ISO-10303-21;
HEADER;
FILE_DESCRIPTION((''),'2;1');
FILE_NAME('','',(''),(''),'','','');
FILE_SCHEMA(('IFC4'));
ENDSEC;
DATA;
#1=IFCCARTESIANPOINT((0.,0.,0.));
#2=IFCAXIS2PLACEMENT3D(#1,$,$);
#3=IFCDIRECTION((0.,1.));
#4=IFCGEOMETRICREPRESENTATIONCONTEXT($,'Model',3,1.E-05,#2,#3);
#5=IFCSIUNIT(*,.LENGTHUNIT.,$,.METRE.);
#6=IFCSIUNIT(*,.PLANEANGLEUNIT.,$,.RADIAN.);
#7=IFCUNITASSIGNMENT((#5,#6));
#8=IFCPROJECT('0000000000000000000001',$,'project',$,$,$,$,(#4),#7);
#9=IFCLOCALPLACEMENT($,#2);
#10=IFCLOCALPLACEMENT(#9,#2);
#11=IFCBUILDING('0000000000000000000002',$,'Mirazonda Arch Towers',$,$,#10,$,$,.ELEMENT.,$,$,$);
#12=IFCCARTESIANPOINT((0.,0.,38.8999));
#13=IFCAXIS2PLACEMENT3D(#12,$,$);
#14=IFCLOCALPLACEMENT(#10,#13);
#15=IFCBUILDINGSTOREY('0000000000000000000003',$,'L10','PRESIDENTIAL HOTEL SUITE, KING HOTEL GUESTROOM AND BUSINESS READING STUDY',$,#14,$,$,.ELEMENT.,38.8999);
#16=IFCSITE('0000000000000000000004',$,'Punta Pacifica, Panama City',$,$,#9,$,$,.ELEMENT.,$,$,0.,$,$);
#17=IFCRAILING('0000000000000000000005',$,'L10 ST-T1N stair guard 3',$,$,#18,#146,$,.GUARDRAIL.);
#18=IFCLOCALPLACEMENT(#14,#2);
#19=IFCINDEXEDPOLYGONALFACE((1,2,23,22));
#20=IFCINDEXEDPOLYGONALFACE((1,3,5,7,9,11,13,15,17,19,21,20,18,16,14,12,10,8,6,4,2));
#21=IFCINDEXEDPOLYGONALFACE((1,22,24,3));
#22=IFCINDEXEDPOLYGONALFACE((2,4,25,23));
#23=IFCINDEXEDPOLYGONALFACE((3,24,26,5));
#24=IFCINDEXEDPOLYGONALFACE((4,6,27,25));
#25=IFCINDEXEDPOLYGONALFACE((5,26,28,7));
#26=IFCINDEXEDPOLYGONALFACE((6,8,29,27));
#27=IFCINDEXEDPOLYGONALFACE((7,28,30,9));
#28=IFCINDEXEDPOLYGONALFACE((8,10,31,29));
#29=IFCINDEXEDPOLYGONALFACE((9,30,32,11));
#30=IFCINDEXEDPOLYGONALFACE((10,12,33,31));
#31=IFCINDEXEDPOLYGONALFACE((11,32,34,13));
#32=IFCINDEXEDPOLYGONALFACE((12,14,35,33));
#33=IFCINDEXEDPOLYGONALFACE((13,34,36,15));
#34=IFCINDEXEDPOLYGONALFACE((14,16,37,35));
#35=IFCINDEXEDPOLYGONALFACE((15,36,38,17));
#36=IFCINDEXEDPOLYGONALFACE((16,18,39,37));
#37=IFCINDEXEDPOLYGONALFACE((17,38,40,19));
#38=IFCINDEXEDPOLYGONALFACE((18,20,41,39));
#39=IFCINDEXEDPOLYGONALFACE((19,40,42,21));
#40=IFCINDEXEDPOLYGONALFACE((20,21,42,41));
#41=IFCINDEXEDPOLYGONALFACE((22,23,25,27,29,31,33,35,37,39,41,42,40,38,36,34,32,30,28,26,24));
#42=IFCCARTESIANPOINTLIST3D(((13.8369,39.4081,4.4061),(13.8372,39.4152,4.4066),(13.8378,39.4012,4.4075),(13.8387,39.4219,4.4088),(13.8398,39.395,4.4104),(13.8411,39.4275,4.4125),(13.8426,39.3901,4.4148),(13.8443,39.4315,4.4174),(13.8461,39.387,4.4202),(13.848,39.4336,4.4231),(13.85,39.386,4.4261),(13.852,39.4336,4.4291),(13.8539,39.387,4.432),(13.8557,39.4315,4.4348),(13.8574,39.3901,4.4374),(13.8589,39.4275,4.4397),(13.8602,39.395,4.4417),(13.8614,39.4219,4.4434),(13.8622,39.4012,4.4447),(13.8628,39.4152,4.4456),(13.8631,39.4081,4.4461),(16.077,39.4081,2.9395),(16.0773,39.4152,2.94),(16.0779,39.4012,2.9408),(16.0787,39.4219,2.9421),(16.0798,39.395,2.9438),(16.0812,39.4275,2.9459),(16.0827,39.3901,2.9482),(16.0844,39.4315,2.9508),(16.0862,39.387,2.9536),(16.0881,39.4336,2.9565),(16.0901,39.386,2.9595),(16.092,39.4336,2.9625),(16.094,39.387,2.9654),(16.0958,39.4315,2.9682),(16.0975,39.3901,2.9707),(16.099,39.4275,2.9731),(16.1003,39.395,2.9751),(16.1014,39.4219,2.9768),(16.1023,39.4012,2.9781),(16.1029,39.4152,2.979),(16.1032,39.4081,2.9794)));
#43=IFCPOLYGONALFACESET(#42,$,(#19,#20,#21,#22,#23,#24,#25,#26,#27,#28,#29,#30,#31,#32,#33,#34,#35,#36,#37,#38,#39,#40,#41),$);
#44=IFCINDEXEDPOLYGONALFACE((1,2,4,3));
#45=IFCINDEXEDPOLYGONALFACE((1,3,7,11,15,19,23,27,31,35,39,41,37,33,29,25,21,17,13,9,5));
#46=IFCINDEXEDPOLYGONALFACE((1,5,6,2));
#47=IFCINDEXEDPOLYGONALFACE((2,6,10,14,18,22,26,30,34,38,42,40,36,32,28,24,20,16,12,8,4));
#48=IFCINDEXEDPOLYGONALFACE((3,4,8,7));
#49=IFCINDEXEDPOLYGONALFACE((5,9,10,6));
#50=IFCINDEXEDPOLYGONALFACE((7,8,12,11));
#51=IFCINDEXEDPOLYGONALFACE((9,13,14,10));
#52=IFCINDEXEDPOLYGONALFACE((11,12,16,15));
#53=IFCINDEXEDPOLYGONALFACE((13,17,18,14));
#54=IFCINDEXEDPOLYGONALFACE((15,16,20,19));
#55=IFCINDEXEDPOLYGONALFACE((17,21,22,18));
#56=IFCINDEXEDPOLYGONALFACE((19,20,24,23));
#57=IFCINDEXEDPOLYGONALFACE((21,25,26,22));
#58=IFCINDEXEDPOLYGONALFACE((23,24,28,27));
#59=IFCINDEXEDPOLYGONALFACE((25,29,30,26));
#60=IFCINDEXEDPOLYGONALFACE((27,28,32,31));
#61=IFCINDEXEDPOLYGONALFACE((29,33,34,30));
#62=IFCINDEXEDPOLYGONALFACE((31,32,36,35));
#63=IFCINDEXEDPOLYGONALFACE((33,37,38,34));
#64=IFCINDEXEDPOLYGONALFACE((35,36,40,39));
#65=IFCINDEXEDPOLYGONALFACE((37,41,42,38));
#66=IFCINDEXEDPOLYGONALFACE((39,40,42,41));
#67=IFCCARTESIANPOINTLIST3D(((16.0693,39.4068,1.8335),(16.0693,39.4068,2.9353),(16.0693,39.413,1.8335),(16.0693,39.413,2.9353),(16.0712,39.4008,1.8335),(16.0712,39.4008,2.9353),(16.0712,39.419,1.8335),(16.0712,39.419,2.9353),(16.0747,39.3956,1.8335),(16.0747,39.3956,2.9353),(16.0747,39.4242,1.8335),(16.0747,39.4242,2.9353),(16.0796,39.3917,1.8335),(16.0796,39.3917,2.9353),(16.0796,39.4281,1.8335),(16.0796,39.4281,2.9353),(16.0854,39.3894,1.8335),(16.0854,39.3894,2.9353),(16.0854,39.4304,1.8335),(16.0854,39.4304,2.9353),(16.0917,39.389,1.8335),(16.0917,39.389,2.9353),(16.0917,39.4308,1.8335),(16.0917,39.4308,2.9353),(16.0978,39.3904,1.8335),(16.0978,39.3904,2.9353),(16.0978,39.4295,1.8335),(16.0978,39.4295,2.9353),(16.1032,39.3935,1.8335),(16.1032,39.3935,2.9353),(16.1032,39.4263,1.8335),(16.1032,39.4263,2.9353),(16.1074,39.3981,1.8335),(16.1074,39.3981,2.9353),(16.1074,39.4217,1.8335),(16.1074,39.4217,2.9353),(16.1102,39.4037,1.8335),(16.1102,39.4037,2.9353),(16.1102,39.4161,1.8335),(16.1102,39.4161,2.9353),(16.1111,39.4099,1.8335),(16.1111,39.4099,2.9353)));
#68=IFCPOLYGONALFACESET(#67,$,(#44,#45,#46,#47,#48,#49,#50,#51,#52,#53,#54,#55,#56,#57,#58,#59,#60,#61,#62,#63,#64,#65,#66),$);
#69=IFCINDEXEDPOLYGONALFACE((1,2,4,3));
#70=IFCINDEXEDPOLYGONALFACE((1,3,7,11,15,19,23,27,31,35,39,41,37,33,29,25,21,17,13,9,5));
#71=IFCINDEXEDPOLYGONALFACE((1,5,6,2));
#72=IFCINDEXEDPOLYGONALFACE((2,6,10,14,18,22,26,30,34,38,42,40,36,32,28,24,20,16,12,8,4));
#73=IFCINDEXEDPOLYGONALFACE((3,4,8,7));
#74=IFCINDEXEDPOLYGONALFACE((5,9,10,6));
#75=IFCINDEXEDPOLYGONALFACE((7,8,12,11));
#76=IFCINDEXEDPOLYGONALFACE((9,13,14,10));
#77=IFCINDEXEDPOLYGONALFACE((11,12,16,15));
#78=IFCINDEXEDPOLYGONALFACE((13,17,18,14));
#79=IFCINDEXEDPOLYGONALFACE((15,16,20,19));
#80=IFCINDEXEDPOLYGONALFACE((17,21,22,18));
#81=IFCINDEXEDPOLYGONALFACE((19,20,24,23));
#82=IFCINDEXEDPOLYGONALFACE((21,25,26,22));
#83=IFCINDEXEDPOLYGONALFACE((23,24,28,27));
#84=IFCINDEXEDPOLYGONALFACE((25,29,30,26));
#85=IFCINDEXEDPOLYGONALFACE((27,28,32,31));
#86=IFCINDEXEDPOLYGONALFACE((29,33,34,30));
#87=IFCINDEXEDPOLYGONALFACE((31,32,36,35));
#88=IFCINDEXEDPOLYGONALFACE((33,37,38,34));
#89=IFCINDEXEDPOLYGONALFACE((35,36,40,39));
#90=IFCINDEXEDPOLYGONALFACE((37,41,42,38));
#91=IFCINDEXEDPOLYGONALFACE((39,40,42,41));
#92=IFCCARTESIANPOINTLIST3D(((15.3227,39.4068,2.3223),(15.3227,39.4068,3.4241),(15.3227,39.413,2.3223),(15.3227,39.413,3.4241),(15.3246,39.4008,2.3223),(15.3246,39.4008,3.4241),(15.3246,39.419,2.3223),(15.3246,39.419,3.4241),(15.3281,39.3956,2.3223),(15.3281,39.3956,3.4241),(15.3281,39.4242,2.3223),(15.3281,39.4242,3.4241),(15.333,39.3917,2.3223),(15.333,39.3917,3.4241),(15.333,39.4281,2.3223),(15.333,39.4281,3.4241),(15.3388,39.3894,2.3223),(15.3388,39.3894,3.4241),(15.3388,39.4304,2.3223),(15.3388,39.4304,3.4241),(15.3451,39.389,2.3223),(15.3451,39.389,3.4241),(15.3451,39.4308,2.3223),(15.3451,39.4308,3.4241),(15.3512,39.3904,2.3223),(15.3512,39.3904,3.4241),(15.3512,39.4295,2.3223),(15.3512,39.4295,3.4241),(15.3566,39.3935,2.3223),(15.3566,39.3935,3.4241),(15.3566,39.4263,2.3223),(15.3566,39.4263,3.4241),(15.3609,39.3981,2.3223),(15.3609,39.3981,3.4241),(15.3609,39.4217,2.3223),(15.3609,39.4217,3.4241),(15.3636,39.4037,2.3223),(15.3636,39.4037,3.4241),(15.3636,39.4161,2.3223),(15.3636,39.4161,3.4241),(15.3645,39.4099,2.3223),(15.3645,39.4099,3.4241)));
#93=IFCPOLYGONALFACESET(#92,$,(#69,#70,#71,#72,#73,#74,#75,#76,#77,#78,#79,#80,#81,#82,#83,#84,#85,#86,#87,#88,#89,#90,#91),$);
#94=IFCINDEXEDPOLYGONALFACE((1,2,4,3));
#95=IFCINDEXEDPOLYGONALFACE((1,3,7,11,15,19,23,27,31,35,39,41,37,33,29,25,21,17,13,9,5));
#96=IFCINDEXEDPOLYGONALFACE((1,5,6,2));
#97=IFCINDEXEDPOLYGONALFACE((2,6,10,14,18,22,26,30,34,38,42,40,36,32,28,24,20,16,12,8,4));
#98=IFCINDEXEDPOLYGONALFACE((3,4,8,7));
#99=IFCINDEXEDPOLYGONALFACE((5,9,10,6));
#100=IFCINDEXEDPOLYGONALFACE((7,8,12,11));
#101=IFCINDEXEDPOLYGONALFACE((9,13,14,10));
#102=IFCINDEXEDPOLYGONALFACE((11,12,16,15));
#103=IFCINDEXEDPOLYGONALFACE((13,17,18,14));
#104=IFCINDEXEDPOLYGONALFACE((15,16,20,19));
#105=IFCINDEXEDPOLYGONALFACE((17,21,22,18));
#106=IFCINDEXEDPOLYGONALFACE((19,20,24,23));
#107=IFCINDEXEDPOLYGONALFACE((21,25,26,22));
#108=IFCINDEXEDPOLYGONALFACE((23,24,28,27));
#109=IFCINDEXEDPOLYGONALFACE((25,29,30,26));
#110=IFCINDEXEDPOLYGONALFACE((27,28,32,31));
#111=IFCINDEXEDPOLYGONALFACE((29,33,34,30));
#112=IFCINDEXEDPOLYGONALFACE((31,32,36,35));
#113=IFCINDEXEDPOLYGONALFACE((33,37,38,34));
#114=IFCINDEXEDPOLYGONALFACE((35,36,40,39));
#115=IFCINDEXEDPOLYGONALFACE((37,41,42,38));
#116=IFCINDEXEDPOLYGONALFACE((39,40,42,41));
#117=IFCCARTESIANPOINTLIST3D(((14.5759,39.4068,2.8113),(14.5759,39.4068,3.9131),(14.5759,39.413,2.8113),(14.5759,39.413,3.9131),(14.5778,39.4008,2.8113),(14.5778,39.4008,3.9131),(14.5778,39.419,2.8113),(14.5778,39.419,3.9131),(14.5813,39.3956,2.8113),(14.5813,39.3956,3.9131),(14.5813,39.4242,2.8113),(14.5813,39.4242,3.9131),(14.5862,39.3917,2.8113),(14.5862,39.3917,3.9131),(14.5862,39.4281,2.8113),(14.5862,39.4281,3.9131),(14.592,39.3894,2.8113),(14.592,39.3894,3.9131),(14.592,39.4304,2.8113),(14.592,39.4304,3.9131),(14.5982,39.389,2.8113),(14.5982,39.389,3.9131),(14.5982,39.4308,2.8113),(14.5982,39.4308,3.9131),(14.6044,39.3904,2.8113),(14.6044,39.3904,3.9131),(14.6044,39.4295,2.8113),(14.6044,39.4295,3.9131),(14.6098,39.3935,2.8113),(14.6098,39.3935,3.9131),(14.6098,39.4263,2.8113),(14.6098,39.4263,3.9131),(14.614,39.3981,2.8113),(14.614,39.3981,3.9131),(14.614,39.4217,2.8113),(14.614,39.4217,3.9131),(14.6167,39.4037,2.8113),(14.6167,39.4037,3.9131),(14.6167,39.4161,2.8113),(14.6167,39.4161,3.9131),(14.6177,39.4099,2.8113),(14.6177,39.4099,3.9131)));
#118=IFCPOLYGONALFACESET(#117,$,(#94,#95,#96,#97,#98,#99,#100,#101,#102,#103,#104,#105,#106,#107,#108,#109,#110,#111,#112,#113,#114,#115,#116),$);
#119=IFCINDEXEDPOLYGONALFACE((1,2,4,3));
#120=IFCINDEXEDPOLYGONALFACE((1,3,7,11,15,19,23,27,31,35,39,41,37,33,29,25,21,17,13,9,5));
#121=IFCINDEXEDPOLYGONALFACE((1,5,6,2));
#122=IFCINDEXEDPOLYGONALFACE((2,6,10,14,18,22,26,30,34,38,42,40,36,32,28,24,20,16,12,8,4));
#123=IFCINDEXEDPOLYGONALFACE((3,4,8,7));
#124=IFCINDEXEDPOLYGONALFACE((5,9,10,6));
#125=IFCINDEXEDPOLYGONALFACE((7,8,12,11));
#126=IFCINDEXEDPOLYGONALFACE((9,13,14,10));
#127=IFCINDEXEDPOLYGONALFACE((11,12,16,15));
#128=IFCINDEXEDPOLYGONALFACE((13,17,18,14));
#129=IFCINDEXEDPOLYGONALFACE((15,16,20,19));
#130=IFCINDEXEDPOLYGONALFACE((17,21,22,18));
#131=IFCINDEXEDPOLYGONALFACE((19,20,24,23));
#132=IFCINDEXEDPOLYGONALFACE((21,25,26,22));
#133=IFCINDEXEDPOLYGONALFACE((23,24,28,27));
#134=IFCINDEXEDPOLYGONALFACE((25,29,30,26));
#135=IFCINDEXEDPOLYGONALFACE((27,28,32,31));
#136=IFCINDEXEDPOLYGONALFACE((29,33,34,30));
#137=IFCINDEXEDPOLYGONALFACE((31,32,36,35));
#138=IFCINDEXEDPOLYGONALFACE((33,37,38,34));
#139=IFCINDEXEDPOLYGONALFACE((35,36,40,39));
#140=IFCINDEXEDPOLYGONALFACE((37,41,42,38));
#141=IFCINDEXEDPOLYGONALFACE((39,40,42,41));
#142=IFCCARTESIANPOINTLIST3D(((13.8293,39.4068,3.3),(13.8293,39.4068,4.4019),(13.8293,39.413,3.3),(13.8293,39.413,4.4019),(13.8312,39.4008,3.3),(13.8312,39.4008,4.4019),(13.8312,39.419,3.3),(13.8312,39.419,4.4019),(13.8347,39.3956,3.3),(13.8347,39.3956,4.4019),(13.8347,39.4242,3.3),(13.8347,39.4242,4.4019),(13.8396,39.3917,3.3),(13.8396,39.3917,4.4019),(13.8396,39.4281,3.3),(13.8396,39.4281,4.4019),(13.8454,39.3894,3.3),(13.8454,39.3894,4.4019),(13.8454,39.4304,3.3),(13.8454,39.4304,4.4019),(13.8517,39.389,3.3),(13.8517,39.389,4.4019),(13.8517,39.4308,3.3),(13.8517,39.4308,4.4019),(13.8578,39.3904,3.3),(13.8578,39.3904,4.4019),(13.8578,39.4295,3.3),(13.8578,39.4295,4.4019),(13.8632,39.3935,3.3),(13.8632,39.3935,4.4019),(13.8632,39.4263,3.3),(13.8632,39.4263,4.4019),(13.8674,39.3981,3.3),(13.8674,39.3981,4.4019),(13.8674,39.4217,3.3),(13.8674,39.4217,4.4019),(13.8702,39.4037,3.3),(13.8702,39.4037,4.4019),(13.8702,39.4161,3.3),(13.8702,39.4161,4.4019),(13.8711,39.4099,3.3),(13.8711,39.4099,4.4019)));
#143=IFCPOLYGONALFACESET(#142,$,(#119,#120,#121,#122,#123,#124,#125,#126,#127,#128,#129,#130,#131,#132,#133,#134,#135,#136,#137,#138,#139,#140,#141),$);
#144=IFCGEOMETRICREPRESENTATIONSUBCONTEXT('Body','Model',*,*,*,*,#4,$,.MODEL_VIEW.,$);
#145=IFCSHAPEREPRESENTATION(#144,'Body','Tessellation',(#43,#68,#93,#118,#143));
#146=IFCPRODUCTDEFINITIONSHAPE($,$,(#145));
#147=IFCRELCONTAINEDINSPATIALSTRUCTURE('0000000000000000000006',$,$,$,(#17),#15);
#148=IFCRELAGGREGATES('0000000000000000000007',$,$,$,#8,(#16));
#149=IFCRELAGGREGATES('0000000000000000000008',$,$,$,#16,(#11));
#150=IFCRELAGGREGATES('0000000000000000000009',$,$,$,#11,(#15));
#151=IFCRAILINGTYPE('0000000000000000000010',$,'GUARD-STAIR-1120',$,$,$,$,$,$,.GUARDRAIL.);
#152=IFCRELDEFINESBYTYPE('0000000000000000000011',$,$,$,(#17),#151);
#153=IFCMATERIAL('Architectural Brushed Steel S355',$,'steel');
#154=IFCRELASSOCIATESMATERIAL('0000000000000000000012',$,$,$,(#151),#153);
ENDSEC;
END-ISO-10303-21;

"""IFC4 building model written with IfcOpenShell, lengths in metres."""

from ifc_helpers import new_model, si_unit, direction, frame, origin, origin_2d, place, context, subcontext, project, spatial, circle, extrude, material, type_object, element, save


model = new_model("IFC4")

# Units and contexts
model_context = context("Model", 3, precision=1e-05, world=origin(), true_north=direction((0.0, 1.0)))
body_context = subcontext(model_context, "Body", "Model", "MODEL_VIEW")
ifc_project = project(units=[si_unit("LENGTHUNIT", "METRE"), si_unit("PLANEANGLEUNIT", "RADIAN")], contexts=[model_context])

# Site, building, storey
site_placement = place(None, origin())
site = spatial("IfcSite", under=ifc_project, at=site_placement, Name="Punta Pacifica, Panama City", CompositionType="ELEMENT", RefElevation=0.0)
building_placement = place(site_placement, origin())
building = spatial("IfcBuilding", under=site, at=building_placement, Name="Mirazonda Arch Towers", CompositionType="ELEMENT")
storey_placement = place(building_placement, frame((0.0, 0.0, 38.8999)))
storey = spatial("IfcBuildingStorey", under=building, at=storey_placement, Name="L10", Description="PRESIDENTIAL HOTEL SUITE, KING HOTEL GUESTROOM AND BUSINESS READING STUDY", CompositionType="ELEMENT", Elevation=38.8999)

# Railing
ifc_material_1 = material(Name="Architectural Brushed Steel S355", Category="steel")
railing_type_1 = type_object("IfcRailingType", Name="GUARD-STAIR-1120", PredefinedType="GUARDRAIL", material=ifc_material_1)
railing_1_placement = place(storey_placement, frame((16.0901, 39.4099, 1.8335)))
element("IfcRailing", 1, at=railing_1_placement, inside=storey, type_object=railing_type_1, Name="L10 ST-T1N stair guard 3", PredefinedType="GUARDRAIL", context=body_context, shape_type="SweptSolid", body=[
    extrude(circle(Radius=0.0239, at=origin_2d()), frame((0.0, 0.0, 1.126), z_axis=(-0.836637, 0.0, 0.547758), x_axis=(0.0, -1.0, 0.0)), (0.0, 0.0, 1.0), 2.6775),
    extrude(circle(Radius=0.021, at=origin_2d()), origin(), (0.0, 0.0, 1.0), 1.1018),
    extrude(circle(Radius=0.021, at=origin_2d()), frame((-0.7466, 0.0, 0.4888)), (0.0, 0.0, 1.0), 1.1018),
    extrude(circle(Radius=0.021, at=origin_2d()), frame((-1.4934, 0.0, 0.9778)), (0.0, 0.0, 1.0), 1.1018),
    extrude(circle(Radius=0.021, at=origin_2d()), frame((-2.24, 0.0, 1.4666)), (0.0, 0.0, 1.0), 1.1018),
])

save(model, "model.ifc")
